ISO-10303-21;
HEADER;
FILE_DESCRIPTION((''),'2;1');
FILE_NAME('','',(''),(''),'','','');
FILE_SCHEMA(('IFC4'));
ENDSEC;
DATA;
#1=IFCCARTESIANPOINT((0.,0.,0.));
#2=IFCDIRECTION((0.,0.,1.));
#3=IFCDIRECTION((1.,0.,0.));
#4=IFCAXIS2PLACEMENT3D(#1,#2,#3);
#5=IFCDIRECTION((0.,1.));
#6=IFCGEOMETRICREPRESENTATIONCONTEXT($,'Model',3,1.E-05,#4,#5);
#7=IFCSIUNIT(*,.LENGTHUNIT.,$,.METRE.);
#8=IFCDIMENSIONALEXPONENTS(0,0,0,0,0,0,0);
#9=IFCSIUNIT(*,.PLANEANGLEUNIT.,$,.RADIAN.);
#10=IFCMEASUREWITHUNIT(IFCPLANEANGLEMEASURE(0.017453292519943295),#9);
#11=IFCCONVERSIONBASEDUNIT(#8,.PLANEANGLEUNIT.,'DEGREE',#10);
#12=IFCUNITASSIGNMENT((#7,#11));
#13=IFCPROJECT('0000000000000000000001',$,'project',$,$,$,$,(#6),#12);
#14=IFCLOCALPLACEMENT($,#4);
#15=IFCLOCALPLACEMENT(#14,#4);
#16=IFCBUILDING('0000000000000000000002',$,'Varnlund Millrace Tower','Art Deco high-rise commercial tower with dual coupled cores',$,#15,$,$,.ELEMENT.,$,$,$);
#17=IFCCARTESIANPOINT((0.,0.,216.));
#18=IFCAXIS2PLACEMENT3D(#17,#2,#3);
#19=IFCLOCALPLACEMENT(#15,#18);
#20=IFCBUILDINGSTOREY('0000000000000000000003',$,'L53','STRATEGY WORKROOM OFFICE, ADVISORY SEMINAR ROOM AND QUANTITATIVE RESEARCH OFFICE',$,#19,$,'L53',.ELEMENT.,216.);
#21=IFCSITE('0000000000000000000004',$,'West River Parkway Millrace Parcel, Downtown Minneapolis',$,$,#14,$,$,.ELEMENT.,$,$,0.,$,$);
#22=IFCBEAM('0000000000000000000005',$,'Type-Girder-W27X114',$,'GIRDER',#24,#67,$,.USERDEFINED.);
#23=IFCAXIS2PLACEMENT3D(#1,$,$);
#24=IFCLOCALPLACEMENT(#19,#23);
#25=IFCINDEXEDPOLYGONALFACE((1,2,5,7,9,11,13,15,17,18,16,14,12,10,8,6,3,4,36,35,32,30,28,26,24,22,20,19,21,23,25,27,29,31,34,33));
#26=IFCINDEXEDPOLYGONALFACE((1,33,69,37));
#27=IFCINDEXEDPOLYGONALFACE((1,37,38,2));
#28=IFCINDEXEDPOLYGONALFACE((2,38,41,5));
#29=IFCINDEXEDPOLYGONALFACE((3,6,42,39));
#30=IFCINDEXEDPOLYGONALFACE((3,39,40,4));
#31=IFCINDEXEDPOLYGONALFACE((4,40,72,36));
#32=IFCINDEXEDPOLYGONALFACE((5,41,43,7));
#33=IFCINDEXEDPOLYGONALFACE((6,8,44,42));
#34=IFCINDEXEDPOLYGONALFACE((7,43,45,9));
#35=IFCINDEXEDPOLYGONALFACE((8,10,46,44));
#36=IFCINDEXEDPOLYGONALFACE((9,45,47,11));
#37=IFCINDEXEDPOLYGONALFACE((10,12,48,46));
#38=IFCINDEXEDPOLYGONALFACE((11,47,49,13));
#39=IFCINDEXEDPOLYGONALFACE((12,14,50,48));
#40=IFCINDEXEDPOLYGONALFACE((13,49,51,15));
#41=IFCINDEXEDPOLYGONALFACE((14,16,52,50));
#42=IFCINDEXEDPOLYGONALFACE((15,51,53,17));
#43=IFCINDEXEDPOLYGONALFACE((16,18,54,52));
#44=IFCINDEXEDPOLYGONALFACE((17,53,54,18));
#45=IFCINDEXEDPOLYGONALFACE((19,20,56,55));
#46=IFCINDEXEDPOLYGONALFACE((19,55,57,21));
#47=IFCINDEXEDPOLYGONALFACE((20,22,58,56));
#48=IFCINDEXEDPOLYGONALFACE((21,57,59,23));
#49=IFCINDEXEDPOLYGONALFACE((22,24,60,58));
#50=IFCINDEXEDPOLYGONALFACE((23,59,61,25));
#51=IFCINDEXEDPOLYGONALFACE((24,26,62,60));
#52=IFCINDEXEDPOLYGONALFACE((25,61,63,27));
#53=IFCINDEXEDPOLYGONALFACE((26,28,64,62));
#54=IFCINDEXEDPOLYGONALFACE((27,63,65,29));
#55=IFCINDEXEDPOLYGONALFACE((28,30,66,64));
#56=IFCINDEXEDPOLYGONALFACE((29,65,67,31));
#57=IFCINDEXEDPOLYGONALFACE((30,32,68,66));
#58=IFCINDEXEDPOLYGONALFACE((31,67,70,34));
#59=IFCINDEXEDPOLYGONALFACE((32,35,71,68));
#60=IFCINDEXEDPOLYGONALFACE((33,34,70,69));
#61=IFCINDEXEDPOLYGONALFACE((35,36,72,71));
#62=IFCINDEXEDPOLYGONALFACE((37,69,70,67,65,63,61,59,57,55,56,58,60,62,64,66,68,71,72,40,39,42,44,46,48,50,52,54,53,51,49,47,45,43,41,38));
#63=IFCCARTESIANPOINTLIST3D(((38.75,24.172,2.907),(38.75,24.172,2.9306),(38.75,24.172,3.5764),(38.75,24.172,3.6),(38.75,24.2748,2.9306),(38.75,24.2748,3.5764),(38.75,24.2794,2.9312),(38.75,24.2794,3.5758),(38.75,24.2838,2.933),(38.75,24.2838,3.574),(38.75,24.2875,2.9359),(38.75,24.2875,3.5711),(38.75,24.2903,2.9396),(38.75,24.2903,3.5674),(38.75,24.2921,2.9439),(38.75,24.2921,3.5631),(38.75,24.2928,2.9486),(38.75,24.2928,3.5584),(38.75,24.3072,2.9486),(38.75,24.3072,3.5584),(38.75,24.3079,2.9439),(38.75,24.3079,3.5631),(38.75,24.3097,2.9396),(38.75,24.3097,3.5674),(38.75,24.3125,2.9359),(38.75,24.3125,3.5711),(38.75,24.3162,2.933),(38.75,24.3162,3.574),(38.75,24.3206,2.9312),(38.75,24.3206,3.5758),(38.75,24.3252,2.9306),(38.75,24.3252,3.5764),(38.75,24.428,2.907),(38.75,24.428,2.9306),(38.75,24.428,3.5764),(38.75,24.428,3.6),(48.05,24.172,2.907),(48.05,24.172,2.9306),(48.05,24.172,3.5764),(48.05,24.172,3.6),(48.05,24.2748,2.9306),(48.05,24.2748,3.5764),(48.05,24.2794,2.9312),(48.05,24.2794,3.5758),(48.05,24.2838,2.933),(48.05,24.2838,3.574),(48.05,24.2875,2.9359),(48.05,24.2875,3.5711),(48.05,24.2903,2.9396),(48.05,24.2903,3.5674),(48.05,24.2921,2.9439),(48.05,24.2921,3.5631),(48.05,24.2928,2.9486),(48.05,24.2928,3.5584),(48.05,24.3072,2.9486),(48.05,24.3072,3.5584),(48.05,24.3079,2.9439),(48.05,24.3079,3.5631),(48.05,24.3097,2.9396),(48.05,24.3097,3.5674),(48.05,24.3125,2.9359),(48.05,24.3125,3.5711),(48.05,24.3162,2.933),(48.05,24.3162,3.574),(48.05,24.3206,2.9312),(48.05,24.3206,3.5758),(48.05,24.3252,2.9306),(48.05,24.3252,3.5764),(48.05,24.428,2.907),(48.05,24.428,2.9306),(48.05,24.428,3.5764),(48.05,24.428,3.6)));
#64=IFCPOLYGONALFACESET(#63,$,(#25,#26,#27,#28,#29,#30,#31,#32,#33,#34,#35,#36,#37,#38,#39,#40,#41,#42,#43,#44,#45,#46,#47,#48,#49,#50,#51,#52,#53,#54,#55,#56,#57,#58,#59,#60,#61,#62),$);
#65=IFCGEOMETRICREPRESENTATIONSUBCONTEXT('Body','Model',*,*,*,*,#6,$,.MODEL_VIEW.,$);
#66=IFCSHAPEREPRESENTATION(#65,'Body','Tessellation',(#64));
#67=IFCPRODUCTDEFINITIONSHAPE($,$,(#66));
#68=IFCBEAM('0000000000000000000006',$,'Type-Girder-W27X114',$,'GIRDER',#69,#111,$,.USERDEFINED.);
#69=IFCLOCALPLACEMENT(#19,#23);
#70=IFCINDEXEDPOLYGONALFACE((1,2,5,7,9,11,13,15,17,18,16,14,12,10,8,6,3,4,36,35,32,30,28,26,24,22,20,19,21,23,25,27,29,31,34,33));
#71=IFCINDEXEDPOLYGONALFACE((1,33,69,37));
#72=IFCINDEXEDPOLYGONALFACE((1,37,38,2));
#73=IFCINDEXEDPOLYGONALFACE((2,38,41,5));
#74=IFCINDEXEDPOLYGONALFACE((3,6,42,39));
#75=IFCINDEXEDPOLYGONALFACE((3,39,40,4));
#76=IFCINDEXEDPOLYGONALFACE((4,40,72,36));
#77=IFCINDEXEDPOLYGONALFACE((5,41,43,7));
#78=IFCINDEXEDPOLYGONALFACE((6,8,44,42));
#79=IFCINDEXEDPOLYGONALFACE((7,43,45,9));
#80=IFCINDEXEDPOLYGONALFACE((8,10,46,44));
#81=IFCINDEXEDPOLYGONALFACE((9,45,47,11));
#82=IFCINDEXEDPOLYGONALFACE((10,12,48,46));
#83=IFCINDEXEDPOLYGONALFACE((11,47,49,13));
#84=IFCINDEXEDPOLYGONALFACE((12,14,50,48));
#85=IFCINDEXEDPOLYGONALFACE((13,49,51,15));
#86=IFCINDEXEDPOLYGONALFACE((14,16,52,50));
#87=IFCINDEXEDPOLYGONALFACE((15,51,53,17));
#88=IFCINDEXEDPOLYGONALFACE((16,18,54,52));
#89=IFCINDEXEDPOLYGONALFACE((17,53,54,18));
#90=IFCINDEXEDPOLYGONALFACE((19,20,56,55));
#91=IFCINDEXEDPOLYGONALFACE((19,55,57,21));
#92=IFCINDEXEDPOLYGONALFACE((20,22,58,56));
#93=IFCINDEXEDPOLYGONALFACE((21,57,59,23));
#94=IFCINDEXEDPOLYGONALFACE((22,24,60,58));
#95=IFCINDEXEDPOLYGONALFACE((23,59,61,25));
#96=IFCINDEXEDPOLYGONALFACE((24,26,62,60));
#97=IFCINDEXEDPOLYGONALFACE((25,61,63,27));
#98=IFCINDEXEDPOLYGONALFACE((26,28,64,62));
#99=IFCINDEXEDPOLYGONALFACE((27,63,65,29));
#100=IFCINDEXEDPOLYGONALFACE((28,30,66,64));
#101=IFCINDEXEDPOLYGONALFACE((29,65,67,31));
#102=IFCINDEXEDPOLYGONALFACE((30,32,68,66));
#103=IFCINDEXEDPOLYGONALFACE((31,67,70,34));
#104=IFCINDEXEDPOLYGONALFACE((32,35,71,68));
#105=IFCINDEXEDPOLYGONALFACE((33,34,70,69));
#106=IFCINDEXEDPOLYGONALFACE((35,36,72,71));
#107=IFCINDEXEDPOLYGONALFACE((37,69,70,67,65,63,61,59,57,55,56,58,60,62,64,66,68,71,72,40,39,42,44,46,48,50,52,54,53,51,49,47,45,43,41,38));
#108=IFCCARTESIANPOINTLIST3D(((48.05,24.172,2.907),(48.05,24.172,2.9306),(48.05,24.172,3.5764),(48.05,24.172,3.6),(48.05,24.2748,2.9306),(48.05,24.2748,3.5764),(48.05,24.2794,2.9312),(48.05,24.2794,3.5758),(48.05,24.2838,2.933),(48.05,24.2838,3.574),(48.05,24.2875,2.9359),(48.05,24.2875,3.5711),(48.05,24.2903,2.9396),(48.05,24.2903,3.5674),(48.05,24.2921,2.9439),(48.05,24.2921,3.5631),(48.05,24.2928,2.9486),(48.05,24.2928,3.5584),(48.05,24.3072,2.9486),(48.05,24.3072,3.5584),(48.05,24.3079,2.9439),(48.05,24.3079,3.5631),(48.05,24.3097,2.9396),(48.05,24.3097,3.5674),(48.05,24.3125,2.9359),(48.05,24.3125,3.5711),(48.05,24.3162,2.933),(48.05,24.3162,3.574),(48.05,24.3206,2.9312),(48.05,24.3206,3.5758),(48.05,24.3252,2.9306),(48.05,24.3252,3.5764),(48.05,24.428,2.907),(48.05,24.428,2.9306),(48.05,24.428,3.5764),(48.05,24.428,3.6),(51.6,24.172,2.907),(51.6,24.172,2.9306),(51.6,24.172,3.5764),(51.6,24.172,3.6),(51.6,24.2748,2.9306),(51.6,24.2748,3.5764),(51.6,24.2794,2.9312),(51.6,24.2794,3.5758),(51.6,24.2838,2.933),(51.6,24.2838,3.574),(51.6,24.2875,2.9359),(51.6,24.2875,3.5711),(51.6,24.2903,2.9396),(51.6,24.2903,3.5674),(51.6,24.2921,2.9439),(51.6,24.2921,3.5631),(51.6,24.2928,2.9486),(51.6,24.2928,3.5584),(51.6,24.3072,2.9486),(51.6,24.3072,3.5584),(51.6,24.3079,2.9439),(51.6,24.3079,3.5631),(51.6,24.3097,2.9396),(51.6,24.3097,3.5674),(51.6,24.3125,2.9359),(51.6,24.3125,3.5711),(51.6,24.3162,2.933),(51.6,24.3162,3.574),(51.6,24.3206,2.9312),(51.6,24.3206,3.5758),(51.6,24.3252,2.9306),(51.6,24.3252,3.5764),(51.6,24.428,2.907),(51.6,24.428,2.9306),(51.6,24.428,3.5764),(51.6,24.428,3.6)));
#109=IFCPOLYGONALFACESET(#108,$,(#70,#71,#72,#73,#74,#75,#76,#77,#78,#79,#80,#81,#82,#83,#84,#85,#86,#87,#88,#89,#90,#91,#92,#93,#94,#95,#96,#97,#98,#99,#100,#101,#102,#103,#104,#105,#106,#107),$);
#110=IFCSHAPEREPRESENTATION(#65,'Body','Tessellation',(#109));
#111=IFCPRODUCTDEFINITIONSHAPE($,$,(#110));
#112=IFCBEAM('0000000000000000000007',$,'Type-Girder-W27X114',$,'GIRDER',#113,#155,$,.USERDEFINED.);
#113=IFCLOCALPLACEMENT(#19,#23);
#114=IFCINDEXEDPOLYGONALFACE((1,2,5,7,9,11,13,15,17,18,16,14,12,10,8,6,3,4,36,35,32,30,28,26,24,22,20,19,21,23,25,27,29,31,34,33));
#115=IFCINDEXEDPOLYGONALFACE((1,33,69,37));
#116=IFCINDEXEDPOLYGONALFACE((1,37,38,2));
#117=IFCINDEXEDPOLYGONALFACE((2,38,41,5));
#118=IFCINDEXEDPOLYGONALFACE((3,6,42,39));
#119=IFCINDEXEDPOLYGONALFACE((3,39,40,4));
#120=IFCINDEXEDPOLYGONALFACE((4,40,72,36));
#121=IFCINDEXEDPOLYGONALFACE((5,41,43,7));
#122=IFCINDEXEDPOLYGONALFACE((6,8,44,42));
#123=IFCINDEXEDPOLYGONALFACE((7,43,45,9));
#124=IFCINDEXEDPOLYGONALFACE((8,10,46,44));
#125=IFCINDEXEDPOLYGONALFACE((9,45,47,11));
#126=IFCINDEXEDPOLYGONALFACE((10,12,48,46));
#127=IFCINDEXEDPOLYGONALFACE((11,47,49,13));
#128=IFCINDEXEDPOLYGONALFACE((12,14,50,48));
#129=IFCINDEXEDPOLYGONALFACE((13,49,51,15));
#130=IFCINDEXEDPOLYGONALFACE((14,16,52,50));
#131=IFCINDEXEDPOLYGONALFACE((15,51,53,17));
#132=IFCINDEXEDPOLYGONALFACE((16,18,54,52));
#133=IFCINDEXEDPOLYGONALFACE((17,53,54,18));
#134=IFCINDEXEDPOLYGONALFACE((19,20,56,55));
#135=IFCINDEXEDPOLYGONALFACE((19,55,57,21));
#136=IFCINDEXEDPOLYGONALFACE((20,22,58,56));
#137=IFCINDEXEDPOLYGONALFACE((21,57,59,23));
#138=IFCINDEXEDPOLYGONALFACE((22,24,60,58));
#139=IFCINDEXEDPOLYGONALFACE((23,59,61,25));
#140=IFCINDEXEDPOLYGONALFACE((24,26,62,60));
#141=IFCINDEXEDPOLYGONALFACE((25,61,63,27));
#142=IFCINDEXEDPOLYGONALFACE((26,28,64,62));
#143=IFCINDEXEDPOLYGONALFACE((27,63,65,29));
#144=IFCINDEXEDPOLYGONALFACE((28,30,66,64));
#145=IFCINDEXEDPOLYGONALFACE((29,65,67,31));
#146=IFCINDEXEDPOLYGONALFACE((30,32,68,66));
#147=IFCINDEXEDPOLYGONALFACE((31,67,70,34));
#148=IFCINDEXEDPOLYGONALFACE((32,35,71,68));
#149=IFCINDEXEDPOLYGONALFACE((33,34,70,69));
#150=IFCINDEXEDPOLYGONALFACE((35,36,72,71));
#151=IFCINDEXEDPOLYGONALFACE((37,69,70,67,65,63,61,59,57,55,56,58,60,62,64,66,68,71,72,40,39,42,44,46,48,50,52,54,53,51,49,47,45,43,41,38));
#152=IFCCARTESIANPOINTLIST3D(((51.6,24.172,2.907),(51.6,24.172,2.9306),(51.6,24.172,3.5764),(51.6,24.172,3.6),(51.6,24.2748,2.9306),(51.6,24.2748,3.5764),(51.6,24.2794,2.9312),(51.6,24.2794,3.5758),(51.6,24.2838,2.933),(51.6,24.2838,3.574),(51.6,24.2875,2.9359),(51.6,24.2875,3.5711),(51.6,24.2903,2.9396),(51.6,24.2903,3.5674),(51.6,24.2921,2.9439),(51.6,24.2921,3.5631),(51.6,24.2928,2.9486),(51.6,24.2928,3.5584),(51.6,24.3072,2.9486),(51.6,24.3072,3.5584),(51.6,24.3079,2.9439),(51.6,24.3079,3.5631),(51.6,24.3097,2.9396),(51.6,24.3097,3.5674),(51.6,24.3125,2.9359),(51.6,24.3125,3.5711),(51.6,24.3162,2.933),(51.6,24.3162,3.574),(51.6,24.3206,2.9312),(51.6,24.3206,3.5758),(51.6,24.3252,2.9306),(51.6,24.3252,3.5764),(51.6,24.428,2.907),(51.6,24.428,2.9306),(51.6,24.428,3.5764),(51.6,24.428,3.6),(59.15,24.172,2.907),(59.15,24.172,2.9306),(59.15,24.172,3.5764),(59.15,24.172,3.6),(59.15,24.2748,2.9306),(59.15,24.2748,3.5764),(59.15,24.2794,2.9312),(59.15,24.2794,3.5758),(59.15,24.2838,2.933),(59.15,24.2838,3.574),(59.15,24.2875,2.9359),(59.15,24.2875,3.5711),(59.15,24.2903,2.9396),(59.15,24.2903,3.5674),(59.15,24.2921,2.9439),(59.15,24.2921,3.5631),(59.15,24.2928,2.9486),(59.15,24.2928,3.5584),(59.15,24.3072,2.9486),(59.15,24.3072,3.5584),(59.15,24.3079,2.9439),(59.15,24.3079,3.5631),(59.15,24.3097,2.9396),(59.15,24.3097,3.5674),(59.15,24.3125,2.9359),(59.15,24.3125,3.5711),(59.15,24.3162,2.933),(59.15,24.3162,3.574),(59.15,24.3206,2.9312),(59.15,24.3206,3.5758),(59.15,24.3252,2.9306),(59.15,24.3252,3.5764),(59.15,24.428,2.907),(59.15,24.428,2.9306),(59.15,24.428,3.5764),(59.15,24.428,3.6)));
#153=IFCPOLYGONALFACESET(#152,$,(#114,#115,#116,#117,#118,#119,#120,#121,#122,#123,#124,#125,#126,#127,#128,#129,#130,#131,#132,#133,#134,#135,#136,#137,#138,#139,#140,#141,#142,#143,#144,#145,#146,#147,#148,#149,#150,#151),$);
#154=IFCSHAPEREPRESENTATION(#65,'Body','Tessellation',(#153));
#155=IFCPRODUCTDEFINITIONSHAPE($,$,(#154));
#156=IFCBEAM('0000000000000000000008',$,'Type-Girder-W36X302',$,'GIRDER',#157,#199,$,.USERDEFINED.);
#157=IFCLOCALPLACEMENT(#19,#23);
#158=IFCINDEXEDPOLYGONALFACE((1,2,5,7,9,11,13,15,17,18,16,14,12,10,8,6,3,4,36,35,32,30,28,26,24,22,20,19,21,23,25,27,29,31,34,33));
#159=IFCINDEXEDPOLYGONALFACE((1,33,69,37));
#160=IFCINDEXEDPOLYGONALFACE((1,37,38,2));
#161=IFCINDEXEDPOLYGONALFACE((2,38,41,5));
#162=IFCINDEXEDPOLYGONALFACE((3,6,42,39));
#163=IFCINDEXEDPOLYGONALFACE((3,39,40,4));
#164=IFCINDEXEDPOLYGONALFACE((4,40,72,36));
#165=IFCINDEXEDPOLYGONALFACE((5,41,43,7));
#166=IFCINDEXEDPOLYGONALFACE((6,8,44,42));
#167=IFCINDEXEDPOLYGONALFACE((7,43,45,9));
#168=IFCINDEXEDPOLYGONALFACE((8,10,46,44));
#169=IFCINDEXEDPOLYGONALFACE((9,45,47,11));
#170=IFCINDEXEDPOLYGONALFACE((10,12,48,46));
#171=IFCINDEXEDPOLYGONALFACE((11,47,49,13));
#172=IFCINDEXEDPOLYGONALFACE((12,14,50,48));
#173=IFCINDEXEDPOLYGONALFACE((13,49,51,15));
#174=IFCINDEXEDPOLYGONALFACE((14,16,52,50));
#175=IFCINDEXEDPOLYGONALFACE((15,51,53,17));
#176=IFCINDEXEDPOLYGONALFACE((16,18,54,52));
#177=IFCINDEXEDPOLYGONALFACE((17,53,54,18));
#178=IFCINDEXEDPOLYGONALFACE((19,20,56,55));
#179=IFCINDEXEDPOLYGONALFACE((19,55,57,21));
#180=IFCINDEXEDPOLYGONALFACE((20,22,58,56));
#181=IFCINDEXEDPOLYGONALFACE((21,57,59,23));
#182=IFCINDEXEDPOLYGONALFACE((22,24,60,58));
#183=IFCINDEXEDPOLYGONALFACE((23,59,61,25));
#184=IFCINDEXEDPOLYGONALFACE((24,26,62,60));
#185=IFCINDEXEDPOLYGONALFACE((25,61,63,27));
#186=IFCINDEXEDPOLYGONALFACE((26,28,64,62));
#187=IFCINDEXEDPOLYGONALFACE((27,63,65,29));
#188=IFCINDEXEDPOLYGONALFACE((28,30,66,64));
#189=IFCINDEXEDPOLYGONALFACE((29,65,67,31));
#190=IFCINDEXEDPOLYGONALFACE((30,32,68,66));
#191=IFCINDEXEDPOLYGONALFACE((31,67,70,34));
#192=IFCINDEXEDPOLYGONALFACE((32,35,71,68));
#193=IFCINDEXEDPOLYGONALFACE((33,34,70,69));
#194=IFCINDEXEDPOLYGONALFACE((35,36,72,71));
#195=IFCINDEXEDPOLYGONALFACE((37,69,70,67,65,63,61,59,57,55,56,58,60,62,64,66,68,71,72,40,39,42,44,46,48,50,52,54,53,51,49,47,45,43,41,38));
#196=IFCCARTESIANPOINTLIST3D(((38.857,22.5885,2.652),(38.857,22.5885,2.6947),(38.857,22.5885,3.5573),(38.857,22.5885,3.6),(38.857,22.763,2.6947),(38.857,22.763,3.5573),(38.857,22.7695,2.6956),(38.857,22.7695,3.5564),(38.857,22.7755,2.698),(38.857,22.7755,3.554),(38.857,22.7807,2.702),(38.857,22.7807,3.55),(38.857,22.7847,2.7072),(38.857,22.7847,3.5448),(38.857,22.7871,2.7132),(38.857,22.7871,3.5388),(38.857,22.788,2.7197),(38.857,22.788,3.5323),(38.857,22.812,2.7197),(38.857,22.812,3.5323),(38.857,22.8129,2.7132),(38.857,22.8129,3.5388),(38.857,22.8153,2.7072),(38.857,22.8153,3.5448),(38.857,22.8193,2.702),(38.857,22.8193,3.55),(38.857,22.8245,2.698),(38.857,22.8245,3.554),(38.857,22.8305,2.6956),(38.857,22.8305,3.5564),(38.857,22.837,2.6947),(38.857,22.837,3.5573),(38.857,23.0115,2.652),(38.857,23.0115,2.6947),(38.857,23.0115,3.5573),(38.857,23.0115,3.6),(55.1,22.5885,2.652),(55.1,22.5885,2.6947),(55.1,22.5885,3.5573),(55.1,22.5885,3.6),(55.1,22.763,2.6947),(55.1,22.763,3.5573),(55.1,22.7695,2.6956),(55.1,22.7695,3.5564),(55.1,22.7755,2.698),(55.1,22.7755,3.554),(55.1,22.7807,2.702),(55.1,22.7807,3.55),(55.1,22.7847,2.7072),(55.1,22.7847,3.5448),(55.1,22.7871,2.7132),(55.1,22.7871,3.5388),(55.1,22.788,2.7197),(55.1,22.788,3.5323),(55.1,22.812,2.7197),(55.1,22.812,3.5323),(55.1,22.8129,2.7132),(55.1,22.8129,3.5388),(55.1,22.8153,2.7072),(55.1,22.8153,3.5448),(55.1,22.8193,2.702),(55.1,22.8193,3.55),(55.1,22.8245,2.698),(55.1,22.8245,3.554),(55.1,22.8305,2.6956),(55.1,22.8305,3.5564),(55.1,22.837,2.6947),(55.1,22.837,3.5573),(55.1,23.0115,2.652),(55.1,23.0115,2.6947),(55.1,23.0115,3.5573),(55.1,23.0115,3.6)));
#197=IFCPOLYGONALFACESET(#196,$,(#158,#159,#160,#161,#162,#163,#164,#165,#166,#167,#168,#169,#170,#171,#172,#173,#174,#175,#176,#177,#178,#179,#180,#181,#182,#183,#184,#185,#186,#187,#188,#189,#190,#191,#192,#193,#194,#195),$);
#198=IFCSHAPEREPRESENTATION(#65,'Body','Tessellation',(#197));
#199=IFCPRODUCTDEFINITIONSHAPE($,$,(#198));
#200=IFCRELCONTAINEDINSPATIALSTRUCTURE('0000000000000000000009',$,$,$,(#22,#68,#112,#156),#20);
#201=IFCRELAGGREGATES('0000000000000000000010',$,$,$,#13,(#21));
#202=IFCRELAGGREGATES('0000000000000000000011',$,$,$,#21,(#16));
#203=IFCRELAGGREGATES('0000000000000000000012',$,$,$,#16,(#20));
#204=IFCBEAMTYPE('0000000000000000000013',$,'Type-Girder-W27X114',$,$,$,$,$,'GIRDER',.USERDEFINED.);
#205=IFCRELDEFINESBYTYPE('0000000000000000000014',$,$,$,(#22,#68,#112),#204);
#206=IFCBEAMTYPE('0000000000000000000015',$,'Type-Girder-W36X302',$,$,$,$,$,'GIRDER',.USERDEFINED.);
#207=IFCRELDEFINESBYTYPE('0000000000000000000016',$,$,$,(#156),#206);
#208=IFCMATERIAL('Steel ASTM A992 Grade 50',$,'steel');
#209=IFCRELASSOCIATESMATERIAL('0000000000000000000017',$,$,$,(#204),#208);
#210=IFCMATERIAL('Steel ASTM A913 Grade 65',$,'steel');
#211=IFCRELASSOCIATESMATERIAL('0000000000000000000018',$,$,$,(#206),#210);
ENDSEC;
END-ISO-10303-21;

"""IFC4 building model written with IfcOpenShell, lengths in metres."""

from ifc_helpers import new_model, entity, si_unit, converted_unit, direction, frame, origin_with_axes, origin_2d_with_axis, place, context, subcontext, project, spatial, i_section, extrude, material, material_profile, profile_set, type_object, element, save


model = new_model("IFC4")

# Units and contexts
model_context = context("Model", 3, precision=1e-05, world=origin_with_axes(), true_north=direction((0.0, 1.0)))
body_context = subcontext(model_context, "Body", "Model", "MODEL_VIEW")
ifc_project = project(units=[si_unit("LENGTHUNIT", "METRE"), converted_unit("PLANEANGLEUNIT", "DEGREE", entity("IfcPlaneAngleMeasure", 0.017453292519943295), si_unit("PLANEANGLEUNIT", "RADIAN"), dimensions=[0, 0, 0, 0, 0, 0, 0])], contexts=[model_context])

# Site, building, storey
site_placement = place(None, origin_with_axes())
site = spatial("IfcSite", under=ifc_project, at=site_placement, Name="West River Parkway Millrace Parcel, Downtown Minneapolis", CompositionType="ELEMENT", RefElevation=0.0)
building_placement = place(site_placement, origin_with_axes())
building = spatial("IfcBuilding", under=site, at=building_placement, Name="Varnlund Millrace Tower", Description="Art Deco high-rise commercial tower with dual coupled cores", CompositionType="ELEMENT")
storey_placement = place(building_placement, frame((0.0, 0.0, 216.0), z_axis=(0.0, 0.0, 1.0), x_axis=(1.0, 0.0, 0.0)))
storey = spatial("IfcBuildingStorey", under=building, at=storey_placement, Name="L53", Description="STRATEGY WORKROOM OFFICE, ADVISORY SEMINAR ROOM AND QUANTITATIVE RESEARCH OFFICE", LongName="L53", CompositionType="ELEMENT", Elevation=216.0)

# Beams
ifc_material_1 = material(Name="Steel ASTM A992 Grade 50", Category="steel")
ifc_material_profile_1 = material_profile(ifc_material_1, i_section(OverallWidth=0.256, OverallDepth=0.693, WebThickness=0.0145, FlangeThickness=0.0236, FilletRadius=0.018, at=origin_2d_with_axis()), Name="Steel ASTM A992 Grade 50")
ifc_profile_set_1 = profile_set([ifc_material_profile_1], Name="Steel ASTM A992 Grade 50")
beam_type_1 = type_object("IfcBeamType", Name="Type-Girder-W27X114", ElementType="GIRDER", PredefinedType="USERDEFINED", material=ifc_profile_set_1)
beam_1_placement = place(storey_placement, frame((38.75, 24.3, 3.2535), z_axis=(1.0, 0.0, 0.0), x_axis=(0.0, 1.0, 0.0)))
element("IfcBeam", 1, at=beam_1_placement, inside=storey, type_object=beam_type_1, Name="Type-Girder-W27X114", ObjectType="GIRDER", PredefinedType="USERDEFINED", context=body_context, shape_type="SweptSolid", body=[
    extrude(i_section(OverallWidth=0.256, OverallDepth=0.693, WebThickness=0.0145, FlangeThickness=0.0236, FilletRadius=0.018, at=origin_2d_with_axis()), origin_with_axes(), (0.0, 0.0, 1.0), 9.3),
])
beam_2_placement = place(storey_placement, frame((48.05, 24.3, 3.2535), z_axis=(1.0, 0.0, 0.0), x_axis=(0.0, 1.0, 0.0)))
element("IfcBeam", 2, at=beam_2_placement, inside=storey, type_object=beam_type_1, Name="Type-Girder-W27X114", ObjectType="GIRDER", PredefinedType="USERDEFINED", context=body_context, shape_type="SweptSolid", body=[
    extrude(i_section(OverallWidth=0.256, OverallDepth=0.693, WebThickness=0.0145, FlangeThickness=0.0236, FilletRadius=0.018, at=origin_2d_with_axis()), origin_with_axes(), (0.0, 0.0, 1.0), 3.55),
])
beam_3_placement = place(storey_placement, frame((51.6, 24.3, 3.2535), z_axis=(1.0, 0.0, 0.0), x_axis=(0.0, 1.0, 0.0)))
element("IfcBeam", 3, at=beam_3_placement, inside=storey, type_object=beam_type_1, Name="Type-Girder-W27X114", ObjectType="GIRDER", PredefinedType="USERDEFINED", context=body_context, shape_type="SweptSolid", body=[
    extrude(i_section(OverallWidth=0.256, OverallDepth=0.693, WebThickness=0.0145, FlangeThickness=0.0236, FilletRadius=0.018, at=origin_2d_with_axis()), origin_with_axes(), (0.0, 0.0, 1.0), 7.55),
])
ifc_material_2 = material(Name="Steel ASTM A913 Grade 65", Category="steel")
ifc_material_profile_2 = material_profile(ifc_material_2, i_section(OverallWidth=0.423, OverallDepth=0.948, WebThickness=0.024, FlangeThickness=0.0427, FilletRadius=0.025, at=origin_2d_with_axis()), Name="Steel ASTM A913 Grade 65")
ifc_profile_set_2 = profile_set([ifc_material_profile_2], Name="Steel ASTM A913 Grade 65")
beam_type_2 = type_object("IfcBeamType", Name="Type-Girder-W36X302", ElementType="GIRDER", PredefinedType="USERDEFINED", material=ifc_profile_set_2)
beam_4_placement = place(storey_placement, frame((38.857, 22.8, 3.126), z_axis=(1.0, 0.0, 0.0), x_axis=(0.0, 1.0, 0.0)))
element("IfcBeam", 4, at=beam_4_placement, inside=storey, type_object=beam_type_2, Name="Type-Girder-W36X302", ObjectType="GIRDER", PredefinedType="USERDEFINED", context=body_context, shape_type="SweptSolid", body=[
    extrude(i_section(OverallWidth=0.423, OverallDepth=0.948, WebThickness=0.024, FlangeThickness=0.0427, FilletRadius=0.025, at=origin_2d_with_axis()), origin_with_axes(), (0.0, 0.0, 1.0), 16.243),
])

save(model, "model.ifc")
